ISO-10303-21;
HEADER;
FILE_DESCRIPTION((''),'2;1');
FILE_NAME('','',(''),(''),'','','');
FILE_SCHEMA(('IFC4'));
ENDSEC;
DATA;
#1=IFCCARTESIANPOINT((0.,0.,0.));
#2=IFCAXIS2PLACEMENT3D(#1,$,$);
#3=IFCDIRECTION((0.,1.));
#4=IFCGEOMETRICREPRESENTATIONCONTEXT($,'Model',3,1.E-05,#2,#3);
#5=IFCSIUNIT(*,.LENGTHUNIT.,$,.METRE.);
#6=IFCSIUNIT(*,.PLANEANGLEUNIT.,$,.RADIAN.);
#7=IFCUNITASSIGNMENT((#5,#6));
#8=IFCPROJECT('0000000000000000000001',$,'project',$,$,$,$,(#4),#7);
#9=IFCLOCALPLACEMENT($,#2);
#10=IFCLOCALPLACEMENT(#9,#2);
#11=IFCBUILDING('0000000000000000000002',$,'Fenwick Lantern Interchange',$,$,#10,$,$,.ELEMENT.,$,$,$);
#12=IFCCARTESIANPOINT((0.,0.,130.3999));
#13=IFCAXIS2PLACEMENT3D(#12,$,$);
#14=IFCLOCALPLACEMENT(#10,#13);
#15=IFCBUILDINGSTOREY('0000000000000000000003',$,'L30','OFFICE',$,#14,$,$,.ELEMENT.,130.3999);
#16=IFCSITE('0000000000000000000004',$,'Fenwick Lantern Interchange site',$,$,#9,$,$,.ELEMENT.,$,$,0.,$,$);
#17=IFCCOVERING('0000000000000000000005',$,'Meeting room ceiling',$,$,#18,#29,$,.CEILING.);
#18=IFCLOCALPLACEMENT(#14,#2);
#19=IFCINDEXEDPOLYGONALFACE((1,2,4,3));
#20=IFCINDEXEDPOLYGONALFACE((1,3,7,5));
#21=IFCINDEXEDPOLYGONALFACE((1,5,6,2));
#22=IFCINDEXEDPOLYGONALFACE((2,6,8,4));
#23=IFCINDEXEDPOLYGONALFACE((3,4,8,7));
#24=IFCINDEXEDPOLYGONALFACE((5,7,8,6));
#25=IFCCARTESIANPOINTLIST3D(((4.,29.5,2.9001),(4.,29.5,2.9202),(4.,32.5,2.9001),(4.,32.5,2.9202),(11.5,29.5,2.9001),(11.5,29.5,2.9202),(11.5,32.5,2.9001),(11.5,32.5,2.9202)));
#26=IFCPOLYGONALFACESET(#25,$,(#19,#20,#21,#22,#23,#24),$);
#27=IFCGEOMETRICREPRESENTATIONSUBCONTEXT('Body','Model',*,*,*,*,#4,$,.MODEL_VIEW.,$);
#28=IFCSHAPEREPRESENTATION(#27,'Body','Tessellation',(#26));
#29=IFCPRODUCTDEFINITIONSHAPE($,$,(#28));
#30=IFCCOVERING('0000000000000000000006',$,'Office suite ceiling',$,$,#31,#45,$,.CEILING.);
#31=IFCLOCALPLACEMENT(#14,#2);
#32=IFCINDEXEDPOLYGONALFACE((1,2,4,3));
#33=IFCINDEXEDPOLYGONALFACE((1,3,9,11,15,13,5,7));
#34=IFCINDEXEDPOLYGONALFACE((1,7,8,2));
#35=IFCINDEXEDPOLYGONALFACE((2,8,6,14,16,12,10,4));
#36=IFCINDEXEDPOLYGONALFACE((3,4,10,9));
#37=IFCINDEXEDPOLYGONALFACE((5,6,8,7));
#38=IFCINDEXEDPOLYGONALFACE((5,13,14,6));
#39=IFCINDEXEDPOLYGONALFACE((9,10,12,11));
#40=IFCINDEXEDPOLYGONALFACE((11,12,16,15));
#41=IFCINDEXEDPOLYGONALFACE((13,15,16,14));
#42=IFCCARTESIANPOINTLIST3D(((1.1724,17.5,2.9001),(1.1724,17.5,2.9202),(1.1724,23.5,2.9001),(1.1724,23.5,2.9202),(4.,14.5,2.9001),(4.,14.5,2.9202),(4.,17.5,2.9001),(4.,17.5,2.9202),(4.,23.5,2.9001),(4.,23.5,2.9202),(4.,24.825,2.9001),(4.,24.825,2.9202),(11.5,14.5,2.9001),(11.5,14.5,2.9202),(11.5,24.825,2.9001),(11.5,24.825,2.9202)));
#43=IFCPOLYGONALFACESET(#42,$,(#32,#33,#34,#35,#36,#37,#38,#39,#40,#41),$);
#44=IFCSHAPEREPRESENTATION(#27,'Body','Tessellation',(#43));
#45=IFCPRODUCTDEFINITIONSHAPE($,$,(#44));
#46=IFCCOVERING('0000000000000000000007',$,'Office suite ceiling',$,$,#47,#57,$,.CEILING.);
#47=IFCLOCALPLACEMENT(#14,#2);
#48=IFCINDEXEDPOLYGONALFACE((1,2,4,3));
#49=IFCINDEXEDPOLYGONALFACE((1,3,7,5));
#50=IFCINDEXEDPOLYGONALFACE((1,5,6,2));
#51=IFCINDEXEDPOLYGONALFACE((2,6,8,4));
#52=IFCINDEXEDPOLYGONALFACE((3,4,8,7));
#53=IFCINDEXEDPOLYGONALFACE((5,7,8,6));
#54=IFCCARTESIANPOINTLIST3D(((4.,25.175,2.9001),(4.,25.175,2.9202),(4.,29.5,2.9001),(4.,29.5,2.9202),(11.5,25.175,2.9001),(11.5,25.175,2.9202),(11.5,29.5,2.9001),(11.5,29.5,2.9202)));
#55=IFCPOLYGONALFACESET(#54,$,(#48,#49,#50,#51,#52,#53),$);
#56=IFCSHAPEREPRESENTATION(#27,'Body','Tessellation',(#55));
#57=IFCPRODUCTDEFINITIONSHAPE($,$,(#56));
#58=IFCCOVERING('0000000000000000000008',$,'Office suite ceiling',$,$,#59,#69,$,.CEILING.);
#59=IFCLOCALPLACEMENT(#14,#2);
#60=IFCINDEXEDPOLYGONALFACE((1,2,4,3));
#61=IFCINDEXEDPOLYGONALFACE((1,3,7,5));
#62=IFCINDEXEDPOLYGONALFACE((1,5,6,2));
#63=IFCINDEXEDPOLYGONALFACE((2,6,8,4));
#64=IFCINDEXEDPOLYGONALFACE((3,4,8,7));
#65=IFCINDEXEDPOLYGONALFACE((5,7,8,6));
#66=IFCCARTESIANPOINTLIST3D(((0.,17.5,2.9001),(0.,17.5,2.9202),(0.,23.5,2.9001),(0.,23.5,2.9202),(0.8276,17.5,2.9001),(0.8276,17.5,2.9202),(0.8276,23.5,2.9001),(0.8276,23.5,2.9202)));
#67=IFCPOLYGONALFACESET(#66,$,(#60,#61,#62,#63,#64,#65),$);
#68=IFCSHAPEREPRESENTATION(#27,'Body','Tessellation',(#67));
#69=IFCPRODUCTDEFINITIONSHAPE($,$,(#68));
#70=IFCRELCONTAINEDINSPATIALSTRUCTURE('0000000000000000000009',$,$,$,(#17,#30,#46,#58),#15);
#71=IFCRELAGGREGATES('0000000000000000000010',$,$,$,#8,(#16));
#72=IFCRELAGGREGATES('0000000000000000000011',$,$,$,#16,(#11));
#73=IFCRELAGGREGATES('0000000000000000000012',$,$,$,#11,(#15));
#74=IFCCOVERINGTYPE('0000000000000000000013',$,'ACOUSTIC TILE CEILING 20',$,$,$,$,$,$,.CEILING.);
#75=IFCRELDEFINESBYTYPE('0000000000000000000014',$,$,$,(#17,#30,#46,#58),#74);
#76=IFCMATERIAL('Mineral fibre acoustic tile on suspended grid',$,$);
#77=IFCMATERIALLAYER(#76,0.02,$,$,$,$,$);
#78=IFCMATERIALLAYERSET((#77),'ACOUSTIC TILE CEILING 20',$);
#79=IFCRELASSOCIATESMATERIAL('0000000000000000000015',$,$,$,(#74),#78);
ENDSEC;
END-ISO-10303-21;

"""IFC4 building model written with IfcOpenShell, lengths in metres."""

from ifc_helpers import new_model, si_unit, direction, frame, origin, place, context, subcontext, project, spatial, polyline, outline, extrude, material, layer, layer_set, type_object, element, save


model = new_model("IFC4")

# Units and contexts
model_context = context("Model", 3, precision=1e-05, world=origin(), true_north=direction((0.0, 1.0)))
body_context = subcontext(model_context, "Body", "Model", "MODEL_VIEW")
ifc_project = project(units=[si_unit("LENGTHUNIT", "METRE"), si_unit("PLANEANGLEUNIT", "RADIAN")], contexts=[model_context])

# Site, building, storey
site_placement = place(None, origin())
site = spatial("IfcSite", under=ifc_project, at=site_placement, Name="Fenwick Lantern Interchange site", CompositionType="ELEMENT", RefElevation=0.0)
building_placement = place(site_placement, origin())
building = spatial("IfcBuilding", under=site, at=building_placement, Name="Fenwick Lantern Interchange", CompositionType="ELEMENT")
storey_placement = place(building_placement, frame((0.0, 0.0, 130.3999)))
storey = spatial("IfcBuildingStorey", under=building, at=storey_placement, Name="L30", Description="OFFICE", CompositionType="ELEMENT", Elevation=130.3999)

# Coverings
ifc_material = material(Name="Mineral fibre acoustic tile on suspended grid")
ifc_layer = layer(ifc_material, 0.02)
ifc_layer_set = layer_set([ifc_layer], Name="ACOUSTIC TILE CEILING 20")
covering_type = type_object("IfcCoveringType", Name="ACOUSTIC TILE CEILING 20", PredefinedType="CEILING", material=ifc_layer_set)
covering_1_placement = place(storey_placement, frame((0.0, 0.0, 2.9001)))
element("IfcCovering", 1, at=covering_1_placement, inside=storey, type_object=covering_type, Name="Meeting room ceiling", PredefinedType="CEILING", context=body_context, shape_type="SweptSolid", body=[
    extrude(outline(polyline([(4.0, 32.5), (4.0, 29.5), (11.5, 29.5), (11.5, 32.5), (4.0, 32.5)])), origin(), (0.0, 0.0, 1.0), 0.02),
])
covering_2_placement = place(storey_placement, frame((0.0, 0.0, 2.9001)))
element("IfcCovering", 2, at=covering_2_placement, inside=storey, type_object=covering_type, Name="Office suite ceiling", PredefinedType="CEILING", context=body_context, shape_type="SweptSolid", body=[
    extrude(outline(polyline([(4.0, 23.5), (1.1724, 23.5), (1.1724, 17.5), (4.0, 17.5), (4.0, 14.5), (11.5, 14.5), (11.5, 24.825), (4.0, 24.825), (4.0, 23.5)])), origin(), (0.0, 0.0, 1.0), 0.02),
])
covering_3_placement = place(storey_placement, frame((0.0, 0.0, 2.9001)))
element("IfcCovering", 3, at=covering_3_placement, inside=storey, type_object=covering_type, Name="Office suite ceiling", PredefinedType="CEILING", context=body_context, shape_type="SweptSolid", body=[
    extrude(outline(polyline([(4.0, 29.5), (4.0, 25.175), (11.5, 25.175), (11.5, 29.5), (4.0, 29.5)])), origin(), (0.0, 0.0, 1.0), 0.02),
])
covering_4_placement = place(storey_placement, frame((0.0, 0.0, 2.9001)))
element("IfcCovering", 4, at=covering_4_placement, inside=storey, type_object=covering_type, Name="Office suite ceiling", PredefinedType="CEILING", context=body_context, shape_type="SweptSolid", body=[
    extrude(outline(polyline([(0.0, 23.5), (0.0, 17.5), (0.8276, 17.5), (0.8276, 23.5), (0.0, 23.5)])), origin(), (0.0, 0.0, 1.0), 0.02),
])

save(model, "model.ifc")
